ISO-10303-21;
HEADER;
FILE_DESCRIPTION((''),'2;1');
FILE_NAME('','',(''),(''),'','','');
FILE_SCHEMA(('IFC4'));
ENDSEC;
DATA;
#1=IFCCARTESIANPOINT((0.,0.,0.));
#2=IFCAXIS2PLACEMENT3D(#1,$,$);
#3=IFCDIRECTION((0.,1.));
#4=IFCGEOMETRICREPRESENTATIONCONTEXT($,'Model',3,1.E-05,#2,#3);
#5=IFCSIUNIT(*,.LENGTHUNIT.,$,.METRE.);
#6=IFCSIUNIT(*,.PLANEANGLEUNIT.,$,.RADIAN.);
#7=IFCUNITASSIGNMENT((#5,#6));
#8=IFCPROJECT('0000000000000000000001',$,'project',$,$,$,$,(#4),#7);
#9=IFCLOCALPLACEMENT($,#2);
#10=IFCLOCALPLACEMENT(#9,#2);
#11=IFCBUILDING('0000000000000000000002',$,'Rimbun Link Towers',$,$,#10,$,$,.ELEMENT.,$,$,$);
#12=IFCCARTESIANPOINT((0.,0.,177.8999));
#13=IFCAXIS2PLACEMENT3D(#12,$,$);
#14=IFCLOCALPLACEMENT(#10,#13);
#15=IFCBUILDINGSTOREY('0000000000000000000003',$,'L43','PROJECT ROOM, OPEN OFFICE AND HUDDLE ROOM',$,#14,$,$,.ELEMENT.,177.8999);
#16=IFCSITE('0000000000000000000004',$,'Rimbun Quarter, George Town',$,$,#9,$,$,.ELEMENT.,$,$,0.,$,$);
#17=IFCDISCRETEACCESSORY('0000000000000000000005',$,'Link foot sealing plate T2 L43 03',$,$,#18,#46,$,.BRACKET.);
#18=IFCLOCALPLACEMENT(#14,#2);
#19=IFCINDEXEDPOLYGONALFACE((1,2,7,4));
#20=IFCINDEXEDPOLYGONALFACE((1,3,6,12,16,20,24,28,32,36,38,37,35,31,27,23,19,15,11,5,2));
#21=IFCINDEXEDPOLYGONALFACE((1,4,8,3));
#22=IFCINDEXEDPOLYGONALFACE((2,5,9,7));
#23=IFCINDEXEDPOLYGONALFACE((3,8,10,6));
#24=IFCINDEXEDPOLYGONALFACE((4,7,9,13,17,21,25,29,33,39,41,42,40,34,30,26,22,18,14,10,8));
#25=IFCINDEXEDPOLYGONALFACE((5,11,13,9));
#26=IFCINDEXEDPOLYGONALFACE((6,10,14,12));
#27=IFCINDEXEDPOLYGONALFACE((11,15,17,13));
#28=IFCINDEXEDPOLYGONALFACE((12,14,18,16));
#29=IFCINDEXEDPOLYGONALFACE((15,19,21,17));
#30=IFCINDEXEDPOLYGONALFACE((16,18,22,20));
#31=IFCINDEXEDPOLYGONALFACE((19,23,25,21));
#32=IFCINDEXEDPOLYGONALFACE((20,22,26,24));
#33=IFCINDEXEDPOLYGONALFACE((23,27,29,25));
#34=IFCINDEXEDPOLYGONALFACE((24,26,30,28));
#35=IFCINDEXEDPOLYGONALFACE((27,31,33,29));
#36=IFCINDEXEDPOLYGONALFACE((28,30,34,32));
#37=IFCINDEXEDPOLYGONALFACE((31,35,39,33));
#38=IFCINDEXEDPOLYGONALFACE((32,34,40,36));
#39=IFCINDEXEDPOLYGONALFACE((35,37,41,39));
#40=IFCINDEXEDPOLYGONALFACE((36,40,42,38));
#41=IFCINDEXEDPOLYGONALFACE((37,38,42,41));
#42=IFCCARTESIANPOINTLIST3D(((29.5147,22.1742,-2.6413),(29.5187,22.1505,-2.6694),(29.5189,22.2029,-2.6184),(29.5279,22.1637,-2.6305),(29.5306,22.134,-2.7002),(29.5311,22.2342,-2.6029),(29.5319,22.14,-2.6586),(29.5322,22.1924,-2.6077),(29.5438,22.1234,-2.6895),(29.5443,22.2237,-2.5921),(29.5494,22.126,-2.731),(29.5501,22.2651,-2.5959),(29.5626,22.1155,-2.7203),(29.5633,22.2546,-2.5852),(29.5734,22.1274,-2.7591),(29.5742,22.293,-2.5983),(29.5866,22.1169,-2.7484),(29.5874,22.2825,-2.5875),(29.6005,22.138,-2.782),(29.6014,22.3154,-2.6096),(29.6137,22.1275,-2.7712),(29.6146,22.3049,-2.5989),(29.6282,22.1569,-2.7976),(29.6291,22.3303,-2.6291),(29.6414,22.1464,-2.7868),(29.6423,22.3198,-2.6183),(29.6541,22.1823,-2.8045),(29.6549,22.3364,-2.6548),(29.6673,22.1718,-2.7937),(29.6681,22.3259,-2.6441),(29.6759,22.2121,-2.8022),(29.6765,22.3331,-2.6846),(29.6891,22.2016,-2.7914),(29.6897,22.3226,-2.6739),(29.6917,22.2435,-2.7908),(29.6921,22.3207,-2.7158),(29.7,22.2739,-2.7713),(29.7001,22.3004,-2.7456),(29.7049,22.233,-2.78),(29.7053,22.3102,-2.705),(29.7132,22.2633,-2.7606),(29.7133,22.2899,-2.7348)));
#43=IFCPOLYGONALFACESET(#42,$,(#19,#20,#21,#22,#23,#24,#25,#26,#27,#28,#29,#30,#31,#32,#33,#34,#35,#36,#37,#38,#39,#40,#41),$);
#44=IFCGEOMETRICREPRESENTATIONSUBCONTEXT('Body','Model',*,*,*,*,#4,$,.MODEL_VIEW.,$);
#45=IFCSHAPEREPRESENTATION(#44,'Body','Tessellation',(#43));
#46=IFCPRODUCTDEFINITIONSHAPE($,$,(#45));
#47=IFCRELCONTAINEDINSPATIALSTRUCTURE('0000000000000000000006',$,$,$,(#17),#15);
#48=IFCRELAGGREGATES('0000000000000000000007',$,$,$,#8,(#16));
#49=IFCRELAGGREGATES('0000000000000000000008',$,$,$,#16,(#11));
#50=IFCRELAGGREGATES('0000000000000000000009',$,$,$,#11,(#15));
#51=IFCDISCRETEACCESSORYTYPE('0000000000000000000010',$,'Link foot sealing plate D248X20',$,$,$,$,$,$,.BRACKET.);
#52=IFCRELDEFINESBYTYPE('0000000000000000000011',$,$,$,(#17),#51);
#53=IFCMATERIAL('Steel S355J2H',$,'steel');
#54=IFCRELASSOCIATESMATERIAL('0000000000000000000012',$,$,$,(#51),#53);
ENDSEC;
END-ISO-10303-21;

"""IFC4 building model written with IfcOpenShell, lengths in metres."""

from ifc_helpers import new_model, si_unit, direction, frame, origin, origin_2d, place, context, subcontext, project, spatial, circle, extrude, material, material_profile, profile_set, type_object, element, save


model = new_model("IFC4")

# Units and contexts
model_context = context("Model", 3, precision=1e-05, world=origin(), true_north=direction((0.0, 1.0)))
body_context = subcontext(model_context, "Body", "Model", "MODEL_VIEW")
ifc_project = project(units=[si_unit("LENGTHUNIT", "METRE"), si_unit("PLANEANGLEUNIT", "RADIAN")], contexts=[model_context])

# Site, building, storey
site_placement = place(None, origin())
site = spatial("IfcSite", under=ifc_project, at=site_placement, Name="Rimbun Quarter, George Town", CompositionType="ELEMENT", RefElevation=0.0)
building_placement = place(site_placement, origin())
building = spatial("IfcBuilding", under=site, at=building_placement, Name="Rimbun Link Towers", CompositionType="ELEMENT")
storey_placement = place(building_placement, frame((0.0, 0.0, 177.8999)))
storey = spatial("IfcBuildingStorey", under=building, at=storey_placement, Name="L43", Description="PROJECT ROOM, OPEN OFFICE AND HUDDLE ROOM", CompositionType="ELEMENT", Elevation=177.8999)

# Discrete accessory
ifc_material_1 = material(Name="Steel S355J2H", Category="steel")
ifc_material_profile_1 = material_profile(ifc_material_1, circle(Radius=0.124, at=origin_2d()), Name="PL D248")
ifc_profile_set_1 = profile_set([ifc_material_profile_1], Name="Steel S355J2H")
discrete_accessory_type = type_object("IfcDiscreteAccessoryType", Name="Link foot sealing plate D248X20", PredefinedType="BRACKET", material=ifc_profile_set_1)
for number, where, z_axis, x_axis, name in (
    (1, (29.6211, 22.2205, -2.6895), (-0.659666, 0.525289, -0.537505), (-0.622927, -0.78228, 0.0), "Link foot sealing plate T2 L43 03"),
):
    element("IfcDiscreteAccessory", number, at=place(storey_placement, frame(where, z_axis=z_axis, x_axis=x_axis)), inside=storey, type_object=discrete_accessory_type, Name=name, PredefinedType="BRACKET", context=body_context, shape_type="SweptSolid", body=[
        extrude(circle(Radius=0.124, at=origin_2d()), origin(), (0.0, 0.0, 1.0), 0.02),
    ])

save(model, "model.ifc")
